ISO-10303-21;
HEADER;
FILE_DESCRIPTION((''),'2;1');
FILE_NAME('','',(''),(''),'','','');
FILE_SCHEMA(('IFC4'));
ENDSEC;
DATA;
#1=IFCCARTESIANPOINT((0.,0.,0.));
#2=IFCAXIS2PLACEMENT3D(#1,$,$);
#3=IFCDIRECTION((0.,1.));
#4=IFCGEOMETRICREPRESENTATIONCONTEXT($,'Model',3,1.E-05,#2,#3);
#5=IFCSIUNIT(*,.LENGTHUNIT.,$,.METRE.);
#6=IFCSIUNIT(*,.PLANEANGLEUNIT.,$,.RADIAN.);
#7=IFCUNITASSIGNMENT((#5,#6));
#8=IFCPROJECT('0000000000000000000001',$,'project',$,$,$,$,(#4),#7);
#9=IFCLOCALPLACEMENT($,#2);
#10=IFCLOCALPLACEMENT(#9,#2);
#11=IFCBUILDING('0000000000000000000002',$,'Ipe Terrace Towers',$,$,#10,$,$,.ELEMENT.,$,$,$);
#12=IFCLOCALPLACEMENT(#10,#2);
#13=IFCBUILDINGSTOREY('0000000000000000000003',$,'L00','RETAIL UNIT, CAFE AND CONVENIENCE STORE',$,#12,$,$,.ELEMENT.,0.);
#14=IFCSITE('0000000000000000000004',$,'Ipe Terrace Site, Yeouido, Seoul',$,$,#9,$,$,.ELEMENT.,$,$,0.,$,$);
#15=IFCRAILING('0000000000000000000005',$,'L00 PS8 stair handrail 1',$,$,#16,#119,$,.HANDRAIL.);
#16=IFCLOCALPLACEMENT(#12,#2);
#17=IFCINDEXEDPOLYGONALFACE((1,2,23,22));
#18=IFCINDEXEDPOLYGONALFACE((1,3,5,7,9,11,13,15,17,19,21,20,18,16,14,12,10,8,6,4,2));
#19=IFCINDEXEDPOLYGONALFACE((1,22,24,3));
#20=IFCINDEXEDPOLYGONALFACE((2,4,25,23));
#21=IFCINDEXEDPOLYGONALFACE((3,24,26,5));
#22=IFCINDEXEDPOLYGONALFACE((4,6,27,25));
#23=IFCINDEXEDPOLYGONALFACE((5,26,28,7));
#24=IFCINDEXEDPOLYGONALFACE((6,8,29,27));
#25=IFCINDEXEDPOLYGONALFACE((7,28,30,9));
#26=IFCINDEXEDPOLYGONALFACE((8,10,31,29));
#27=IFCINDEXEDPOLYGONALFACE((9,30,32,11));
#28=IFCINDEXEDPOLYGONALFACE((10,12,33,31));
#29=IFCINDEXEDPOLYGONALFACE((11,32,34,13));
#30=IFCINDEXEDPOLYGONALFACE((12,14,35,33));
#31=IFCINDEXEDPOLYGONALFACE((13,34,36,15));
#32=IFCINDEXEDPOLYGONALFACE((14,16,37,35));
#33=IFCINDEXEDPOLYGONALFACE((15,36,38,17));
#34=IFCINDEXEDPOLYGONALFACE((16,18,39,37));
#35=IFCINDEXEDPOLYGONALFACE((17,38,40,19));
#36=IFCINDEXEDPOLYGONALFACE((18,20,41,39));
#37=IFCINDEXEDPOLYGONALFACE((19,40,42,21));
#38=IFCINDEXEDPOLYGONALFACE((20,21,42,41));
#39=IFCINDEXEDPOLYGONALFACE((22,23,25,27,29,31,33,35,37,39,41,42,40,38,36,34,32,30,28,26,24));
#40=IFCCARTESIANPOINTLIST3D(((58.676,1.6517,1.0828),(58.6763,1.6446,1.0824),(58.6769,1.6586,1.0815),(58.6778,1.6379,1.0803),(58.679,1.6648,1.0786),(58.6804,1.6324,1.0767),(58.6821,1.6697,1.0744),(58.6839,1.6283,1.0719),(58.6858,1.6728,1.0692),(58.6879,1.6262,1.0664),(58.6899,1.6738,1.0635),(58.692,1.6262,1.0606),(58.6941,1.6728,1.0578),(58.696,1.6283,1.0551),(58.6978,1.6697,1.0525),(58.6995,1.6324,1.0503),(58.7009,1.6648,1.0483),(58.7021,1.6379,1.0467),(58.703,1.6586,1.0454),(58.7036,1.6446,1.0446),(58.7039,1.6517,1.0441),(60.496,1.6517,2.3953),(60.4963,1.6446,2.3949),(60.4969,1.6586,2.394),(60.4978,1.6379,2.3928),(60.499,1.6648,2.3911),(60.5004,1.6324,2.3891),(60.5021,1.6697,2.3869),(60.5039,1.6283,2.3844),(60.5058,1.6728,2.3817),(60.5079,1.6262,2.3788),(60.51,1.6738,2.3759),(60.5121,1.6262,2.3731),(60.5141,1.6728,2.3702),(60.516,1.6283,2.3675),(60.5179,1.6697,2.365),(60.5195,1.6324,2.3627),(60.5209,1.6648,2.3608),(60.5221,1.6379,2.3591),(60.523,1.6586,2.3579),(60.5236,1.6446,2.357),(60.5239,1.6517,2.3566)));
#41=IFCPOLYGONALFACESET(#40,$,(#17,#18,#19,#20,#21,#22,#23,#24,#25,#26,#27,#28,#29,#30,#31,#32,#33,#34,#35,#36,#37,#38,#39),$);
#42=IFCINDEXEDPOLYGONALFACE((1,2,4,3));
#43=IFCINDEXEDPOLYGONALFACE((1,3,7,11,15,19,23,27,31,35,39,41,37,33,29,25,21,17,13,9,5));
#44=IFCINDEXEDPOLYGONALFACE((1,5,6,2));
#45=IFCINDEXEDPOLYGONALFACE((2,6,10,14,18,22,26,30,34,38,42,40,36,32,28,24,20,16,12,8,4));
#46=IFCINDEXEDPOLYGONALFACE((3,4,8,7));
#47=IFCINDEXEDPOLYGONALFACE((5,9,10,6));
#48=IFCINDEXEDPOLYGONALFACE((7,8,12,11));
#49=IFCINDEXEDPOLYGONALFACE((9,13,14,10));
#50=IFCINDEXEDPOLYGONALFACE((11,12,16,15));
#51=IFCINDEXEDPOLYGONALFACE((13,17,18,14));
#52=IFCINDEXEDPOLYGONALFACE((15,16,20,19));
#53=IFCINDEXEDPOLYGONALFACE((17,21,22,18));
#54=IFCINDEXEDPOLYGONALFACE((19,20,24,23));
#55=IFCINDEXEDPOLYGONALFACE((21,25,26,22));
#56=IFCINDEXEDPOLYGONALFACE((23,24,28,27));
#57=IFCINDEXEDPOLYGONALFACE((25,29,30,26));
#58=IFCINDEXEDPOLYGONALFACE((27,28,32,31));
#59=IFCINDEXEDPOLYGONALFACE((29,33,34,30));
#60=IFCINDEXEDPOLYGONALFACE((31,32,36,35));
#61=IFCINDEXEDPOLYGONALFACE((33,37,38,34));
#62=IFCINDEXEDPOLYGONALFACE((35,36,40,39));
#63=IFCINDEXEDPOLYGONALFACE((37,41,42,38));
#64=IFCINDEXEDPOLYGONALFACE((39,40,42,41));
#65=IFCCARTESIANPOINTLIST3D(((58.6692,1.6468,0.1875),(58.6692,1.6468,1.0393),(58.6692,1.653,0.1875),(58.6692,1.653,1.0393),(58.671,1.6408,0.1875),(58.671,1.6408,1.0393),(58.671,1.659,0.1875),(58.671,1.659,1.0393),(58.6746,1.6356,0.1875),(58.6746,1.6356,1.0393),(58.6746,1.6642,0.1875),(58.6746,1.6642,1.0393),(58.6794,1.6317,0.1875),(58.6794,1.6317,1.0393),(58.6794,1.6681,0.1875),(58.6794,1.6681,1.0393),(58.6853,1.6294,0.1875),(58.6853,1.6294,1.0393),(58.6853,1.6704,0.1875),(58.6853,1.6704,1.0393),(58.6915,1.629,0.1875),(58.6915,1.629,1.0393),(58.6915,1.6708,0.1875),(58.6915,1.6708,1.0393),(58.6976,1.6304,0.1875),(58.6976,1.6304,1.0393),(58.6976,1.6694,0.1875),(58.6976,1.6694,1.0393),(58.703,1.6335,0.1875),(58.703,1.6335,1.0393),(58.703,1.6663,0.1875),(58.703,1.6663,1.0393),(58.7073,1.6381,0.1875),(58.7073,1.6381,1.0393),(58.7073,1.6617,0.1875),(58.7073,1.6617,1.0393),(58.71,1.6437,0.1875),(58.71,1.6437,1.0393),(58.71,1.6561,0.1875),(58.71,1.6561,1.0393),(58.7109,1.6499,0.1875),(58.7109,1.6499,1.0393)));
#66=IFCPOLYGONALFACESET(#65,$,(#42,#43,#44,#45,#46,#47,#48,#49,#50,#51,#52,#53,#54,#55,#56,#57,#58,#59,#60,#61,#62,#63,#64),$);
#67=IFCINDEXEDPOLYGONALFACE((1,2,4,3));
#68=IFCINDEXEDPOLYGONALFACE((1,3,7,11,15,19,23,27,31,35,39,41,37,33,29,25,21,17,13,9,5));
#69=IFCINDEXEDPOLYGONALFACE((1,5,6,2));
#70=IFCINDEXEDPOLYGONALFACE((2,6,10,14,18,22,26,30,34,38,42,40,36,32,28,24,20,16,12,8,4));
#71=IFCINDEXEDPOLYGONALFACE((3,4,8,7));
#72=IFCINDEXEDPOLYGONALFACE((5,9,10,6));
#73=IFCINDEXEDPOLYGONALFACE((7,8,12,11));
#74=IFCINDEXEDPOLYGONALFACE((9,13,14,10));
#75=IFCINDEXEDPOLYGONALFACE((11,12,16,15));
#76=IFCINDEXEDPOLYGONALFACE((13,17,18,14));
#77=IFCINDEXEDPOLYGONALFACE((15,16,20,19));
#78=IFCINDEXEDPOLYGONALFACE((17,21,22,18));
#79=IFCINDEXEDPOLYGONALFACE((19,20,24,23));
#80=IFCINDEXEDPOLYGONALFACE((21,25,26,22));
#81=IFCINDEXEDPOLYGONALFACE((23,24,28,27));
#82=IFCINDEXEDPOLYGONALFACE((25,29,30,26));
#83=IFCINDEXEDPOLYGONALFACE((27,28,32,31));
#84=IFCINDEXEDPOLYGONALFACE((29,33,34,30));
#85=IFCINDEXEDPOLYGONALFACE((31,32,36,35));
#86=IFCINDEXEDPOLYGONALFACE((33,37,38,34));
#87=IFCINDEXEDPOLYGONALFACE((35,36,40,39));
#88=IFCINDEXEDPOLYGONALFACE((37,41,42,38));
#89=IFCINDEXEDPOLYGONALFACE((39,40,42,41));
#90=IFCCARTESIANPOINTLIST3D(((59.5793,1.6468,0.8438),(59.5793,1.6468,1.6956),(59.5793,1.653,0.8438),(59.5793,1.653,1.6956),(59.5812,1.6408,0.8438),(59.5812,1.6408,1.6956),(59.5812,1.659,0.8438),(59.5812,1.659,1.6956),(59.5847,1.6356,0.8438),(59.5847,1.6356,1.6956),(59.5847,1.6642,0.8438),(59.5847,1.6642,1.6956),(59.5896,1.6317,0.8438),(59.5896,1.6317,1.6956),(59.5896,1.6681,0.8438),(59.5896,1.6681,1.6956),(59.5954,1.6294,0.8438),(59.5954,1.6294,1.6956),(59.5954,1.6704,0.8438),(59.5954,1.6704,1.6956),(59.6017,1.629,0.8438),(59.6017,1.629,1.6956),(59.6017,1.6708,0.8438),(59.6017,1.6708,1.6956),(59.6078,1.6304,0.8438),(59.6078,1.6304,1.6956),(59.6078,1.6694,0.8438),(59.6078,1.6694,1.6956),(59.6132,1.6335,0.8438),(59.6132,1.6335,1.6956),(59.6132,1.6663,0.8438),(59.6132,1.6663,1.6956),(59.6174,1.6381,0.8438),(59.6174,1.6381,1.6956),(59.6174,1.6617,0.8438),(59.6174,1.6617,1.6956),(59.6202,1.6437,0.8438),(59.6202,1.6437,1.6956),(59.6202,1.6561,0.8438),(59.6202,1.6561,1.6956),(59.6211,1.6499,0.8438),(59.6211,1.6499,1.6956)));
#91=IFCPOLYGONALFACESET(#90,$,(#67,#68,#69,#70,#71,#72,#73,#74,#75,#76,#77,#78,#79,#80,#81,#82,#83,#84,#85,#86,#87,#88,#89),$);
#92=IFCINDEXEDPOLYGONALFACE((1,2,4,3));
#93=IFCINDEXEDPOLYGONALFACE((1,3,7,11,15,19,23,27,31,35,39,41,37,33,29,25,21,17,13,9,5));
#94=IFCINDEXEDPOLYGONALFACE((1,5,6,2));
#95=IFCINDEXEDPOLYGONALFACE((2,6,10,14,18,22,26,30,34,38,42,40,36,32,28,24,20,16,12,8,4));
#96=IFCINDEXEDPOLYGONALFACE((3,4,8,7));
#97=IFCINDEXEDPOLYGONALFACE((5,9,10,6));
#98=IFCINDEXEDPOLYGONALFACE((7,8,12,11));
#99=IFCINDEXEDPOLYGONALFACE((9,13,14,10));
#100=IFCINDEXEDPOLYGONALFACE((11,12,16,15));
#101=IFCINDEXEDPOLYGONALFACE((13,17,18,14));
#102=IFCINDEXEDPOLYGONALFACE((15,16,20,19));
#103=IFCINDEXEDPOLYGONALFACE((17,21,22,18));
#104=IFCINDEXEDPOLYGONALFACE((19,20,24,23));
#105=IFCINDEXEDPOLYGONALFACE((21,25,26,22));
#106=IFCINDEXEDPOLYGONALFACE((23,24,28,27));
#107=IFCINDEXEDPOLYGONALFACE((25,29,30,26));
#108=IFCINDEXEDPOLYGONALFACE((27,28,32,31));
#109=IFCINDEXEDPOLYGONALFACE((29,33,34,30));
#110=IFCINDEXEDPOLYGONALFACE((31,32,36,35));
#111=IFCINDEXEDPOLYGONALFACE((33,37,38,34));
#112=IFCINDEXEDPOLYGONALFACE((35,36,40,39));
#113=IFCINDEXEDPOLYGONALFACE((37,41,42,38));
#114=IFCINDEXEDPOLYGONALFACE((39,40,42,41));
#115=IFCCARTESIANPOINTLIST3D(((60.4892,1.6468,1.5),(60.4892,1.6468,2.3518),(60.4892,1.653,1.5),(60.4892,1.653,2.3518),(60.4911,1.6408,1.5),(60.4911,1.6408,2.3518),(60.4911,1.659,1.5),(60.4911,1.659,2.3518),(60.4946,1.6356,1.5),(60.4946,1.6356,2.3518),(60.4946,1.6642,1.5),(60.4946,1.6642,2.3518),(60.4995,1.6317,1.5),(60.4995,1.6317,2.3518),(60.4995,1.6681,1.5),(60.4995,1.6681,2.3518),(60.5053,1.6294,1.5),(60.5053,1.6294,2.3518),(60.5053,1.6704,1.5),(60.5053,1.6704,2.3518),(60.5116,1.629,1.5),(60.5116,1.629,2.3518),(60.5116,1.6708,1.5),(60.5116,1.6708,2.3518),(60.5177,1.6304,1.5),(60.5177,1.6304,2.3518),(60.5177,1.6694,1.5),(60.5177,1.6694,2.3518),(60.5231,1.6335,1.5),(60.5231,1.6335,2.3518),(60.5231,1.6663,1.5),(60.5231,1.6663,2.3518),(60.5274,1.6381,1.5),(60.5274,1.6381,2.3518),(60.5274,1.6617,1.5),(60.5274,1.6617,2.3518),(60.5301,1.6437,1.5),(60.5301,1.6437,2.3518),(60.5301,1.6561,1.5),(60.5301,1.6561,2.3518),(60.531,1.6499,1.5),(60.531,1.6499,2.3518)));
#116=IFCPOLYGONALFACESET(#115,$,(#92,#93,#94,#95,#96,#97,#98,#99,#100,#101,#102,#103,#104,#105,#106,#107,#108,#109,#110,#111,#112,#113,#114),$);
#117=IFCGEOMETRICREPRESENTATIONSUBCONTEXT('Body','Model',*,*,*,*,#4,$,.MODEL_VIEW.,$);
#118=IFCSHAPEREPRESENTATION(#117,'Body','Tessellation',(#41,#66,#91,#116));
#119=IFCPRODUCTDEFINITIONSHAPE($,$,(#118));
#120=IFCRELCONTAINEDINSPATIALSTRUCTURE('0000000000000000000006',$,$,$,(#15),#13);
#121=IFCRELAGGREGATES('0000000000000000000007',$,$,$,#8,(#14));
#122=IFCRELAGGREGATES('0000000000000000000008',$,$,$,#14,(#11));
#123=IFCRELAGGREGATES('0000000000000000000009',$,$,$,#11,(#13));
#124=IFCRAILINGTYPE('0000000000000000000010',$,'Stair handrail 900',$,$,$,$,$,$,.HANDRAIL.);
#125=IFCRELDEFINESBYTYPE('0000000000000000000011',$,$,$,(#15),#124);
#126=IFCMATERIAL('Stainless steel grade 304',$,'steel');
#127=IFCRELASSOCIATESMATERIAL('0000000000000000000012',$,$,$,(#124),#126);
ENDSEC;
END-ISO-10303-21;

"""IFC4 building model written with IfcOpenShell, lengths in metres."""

from ifc_helpers import new_model, si_unit, direction, frame, origin, origin_2d, place, context, subcontext, project, spatial, circle, extrude, material, type_object, element, save


model = new_model("IFC4")

# Units and contexts
model_context = context("Model", 3, precision=1e-05, world=origin(), true_north=direction((0.0, 1.0)))
body_context = subcontext(model_context, "Body", "Model", "MODEL_VIEW")
ifc_project = project(units=[si_unit("LENGTHUNIT", "METRE"), si_unit("PLANEANGLEUNIT", "RADIAN")], contexts=[model_context])

# Site, building, storey
site_placement = place(None, origin())
site = spatial("IfcSite", under=ifc_project, at=site_placement, Name="Ipe Terrace Site, Yeouido, Seoul", CompositionType="ELEMENT", RefElevation=0.0)
building_placement = place(site_placement, origin())
building = spatial("IfcBuilding", under=site, at=building_placement, Name="Ipe Terrace Towers", CompositionType="ELEMENT")
storey_placement = place(building_placement, origin())
storey = spatial("IfcBuildingStorey", under=building, at=storey_placement, Name="L00", Description="RETAIL UNIT, CAFE AND CONVENIENCE STORE", CompositionType="ELEMENT", Elevation=0.0)

# Railing
ifc_material_1 = material(Name="Stainless steel grade 304", Category="steel")
railing_type_1 = type_object("IfcRailingType", Name="Stair handrail 900", PredefinedType="HANDRAIL", material=ifc_material_1)
railing_1_placement = place(storey_placement, frame((58.6899, 1.6499, 0.1875)))
element("IfcRailing", 1, at=railing_1_placement, inside=storey, type_object=railing_type_1, Name="L00 PS8 stair handrail 1", PredefinedType="HANDRAIL", context=body_context, shape_type="SweptSolid", body=[
    extrude(circle(Radius=0.0239, at=origin_2d()), frame((0.0, 0.0, 0.876), z_axis=(0.811101, 0.0, 0.584906), x_axis=(0.0, 1.0, 0.0)), (0.0, 0.0, 1.0), 2.2439),
    extrude(circle(Radius=0.021, at=origin_2d()), origin(), (0.0, 0.0, 1.0), 0.8518),
    extrude(circle(Radius=0.021, at=origin_2d()), frame((0.9102, 0.0, 0.6562)), (0.0, 0.0, 1.0), 0.8518),
    extrude(circle(Radius=0.021, at=origin_2d()), frame((1.8201, 0.0, 1.3125)), (0.0, 0.0, 1.0), 0.8518),
])

save(model, "model.ifc")
